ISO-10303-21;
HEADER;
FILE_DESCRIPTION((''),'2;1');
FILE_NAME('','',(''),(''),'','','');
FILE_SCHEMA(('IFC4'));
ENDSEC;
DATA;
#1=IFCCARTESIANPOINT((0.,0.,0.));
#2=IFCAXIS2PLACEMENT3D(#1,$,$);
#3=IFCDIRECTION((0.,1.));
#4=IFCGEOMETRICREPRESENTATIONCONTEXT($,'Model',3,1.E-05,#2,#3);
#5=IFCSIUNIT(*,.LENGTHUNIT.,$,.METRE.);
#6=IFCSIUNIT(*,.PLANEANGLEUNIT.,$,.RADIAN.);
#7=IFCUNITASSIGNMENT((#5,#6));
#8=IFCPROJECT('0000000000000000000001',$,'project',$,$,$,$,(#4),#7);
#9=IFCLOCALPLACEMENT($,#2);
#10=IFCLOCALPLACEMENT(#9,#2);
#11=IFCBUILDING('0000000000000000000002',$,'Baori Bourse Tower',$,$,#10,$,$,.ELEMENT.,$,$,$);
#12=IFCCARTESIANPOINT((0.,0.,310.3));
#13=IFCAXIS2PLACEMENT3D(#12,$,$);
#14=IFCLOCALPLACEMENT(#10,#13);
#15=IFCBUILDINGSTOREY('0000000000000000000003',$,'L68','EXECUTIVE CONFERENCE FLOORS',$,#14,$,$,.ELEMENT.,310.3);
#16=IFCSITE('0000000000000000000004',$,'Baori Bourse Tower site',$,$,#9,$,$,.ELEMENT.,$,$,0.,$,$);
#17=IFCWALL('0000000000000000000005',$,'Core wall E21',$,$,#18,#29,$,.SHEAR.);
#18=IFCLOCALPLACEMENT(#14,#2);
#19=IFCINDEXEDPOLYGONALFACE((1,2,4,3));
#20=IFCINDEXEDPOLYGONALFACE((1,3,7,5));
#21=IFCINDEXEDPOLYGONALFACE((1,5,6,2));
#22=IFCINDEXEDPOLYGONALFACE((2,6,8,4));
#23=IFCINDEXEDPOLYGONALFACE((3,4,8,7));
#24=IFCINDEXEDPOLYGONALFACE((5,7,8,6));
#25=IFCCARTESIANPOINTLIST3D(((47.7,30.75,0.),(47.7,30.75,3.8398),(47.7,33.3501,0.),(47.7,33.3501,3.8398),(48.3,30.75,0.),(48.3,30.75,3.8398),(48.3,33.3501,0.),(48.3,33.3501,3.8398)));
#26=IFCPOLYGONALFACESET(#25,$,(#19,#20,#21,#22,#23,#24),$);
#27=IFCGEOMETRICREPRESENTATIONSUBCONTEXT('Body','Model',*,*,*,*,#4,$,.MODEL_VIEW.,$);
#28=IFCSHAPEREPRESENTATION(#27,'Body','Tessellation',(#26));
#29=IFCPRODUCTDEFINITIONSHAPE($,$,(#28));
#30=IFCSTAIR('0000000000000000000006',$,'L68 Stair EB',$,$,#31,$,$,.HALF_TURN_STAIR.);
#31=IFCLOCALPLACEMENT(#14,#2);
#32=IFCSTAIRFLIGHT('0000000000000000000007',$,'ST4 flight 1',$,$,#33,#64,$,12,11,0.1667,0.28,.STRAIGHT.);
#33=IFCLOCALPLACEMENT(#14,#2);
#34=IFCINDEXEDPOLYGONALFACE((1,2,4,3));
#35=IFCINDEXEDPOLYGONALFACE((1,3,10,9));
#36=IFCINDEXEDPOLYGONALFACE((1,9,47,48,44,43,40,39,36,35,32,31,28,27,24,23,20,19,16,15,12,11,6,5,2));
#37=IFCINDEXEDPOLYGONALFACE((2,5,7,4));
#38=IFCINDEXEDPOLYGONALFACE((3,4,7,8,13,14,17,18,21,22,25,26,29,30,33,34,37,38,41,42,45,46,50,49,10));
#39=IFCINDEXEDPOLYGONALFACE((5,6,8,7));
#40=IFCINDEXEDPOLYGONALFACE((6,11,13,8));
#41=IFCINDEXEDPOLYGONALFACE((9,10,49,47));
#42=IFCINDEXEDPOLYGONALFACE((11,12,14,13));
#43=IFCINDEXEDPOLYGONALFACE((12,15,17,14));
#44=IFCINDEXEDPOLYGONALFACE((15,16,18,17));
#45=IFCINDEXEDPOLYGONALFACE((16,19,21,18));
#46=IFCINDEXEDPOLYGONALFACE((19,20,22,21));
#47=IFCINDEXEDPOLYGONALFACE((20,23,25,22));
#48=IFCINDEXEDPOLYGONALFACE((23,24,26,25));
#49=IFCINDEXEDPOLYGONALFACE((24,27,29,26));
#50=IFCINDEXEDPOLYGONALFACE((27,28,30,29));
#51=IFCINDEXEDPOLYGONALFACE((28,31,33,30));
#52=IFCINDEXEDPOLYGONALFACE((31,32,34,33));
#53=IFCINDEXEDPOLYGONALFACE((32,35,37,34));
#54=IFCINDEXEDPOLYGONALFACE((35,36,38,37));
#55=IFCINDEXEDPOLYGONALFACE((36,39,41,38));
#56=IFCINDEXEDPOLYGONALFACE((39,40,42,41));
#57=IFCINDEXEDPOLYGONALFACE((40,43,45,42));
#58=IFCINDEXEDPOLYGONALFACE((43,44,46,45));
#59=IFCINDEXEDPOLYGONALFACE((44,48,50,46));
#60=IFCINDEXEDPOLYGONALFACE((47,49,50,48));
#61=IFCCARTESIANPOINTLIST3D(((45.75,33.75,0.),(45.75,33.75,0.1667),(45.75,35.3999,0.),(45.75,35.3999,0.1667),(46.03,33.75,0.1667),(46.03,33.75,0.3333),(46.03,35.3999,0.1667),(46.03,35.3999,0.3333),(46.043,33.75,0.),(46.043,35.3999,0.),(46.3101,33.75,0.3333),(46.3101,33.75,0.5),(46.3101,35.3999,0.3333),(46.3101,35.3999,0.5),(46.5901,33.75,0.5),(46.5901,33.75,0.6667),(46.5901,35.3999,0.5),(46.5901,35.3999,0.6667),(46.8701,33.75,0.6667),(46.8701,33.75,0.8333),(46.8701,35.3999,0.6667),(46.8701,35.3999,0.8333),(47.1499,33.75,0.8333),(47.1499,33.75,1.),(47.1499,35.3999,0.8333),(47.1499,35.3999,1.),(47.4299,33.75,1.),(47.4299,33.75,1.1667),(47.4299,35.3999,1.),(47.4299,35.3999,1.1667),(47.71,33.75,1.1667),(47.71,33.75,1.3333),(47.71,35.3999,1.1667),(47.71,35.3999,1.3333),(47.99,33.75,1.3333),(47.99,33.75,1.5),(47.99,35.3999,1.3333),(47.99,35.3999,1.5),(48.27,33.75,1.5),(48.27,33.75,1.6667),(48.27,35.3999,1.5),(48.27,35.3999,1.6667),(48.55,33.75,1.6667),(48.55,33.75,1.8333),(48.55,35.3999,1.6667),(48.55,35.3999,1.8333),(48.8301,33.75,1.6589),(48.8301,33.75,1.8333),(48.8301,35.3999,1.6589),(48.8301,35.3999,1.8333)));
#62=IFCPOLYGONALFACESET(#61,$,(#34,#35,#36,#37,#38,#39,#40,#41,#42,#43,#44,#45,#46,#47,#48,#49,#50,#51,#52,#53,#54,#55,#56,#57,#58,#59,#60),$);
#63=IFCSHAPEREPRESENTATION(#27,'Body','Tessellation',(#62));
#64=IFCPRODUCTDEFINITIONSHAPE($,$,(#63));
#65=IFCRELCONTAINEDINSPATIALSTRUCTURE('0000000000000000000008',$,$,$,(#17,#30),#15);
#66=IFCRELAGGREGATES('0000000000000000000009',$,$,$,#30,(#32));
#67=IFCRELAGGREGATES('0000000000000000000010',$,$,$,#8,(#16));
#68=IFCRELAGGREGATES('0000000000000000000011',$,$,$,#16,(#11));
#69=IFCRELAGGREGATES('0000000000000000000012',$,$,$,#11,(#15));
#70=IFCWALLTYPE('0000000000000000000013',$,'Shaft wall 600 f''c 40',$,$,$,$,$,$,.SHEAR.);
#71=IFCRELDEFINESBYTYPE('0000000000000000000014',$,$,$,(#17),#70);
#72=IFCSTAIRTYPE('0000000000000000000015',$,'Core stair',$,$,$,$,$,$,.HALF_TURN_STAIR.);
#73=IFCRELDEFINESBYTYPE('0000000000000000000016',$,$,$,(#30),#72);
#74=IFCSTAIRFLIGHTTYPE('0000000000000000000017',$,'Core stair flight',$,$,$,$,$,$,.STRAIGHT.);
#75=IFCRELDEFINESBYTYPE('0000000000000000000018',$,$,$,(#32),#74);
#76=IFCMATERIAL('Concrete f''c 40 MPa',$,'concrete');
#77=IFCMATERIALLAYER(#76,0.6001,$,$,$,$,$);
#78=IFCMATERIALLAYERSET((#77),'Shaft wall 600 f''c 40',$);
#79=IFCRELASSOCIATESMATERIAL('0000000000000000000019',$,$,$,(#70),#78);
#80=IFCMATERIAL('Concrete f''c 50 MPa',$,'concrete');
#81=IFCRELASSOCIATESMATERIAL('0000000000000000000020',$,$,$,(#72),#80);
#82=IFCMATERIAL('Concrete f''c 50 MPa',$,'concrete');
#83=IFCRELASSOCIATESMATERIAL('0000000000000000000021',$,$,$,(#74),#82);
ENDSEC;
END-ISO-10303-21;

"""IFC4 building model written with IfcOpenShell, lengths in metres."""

from ifc_helpers import new_model, si_unit, direction, frame, frame_2d, origin, place, context, subcontext, project, spatial, polyline, rectangle, outline, extrude, material, layer, layer_set, type_object, element, aggregate, save


model = new_model("IFC4")

# Units and contexts
model_context = context("Model", 3, precision=1e-05, world=origin(), true_north=direction((0.0, 1.0)))
body_context = subcontext(model_context, "Body", "Model", "MODEL_VIEW")
ifc_project = project(units=[si_unit("LENGTHUNIT", "METRE"), si_unit("PLANEANGLEUNIT", "RADIAN")], contexts=[model_context])

# Site, building, storey
site_placement = place(None, origin())
site = spatial("IfcSite", under=ifc_project, at=site_placement, Name="Baori Bourse Tower site", CompositionType="ELEMENT", RefElevation=0.0)
building_placement = place(site_placement, origin())
building = spatial("IfcBuilding", under=site, at=building_placement, Name="Baori Bourse Tower", CompositionType="ELEMENT")
storey_placement = place(building_placement, frame((0.0, 0.0, 310.3)))
storey = spatial("IfcBuildingStorey", under=building, at=storey_placement, Name="L68", Description="EXECUTIVE CONFERENCE FLOORS", CompositionType="ELEMENT", Elevation=310.3)

# Wall
ifc_material_1 = material(Name="Concrete f'c 40 MPa", Category="concrete")
ifc_layer_1 = layer(ifc_material_1, 0.6001)
ifc_layer_set_1 = layer_set([ifc_layer_1], Name="Shaft wall 600 f'c 40")
wall_type_1 = type_object("IfcWallType", Name="Shaft wall 600 f'c 40", PredefinedType="SHEAR", material=ifc_layer_set_1)
for number, where, z_axis, x_axis, name in (
    (1, (48.0, 30.75, 0.0), (0.0, 0.0, 1.0), (0.0, 1.0, 0.0), "Core wall E21"),
):
    element("IfcWall", number, at=place(storey_placement, frame(where, z_axis=z_axis, x_axis=x_axis)), inside=storey, type_object=wall_type_1, Name=name, PredefinedType="SHEAR", context=body_context, shape_type="SweptSolid", body=[
        extrude(rectangle(XDim=2.6001, YDim=0.6001, at=frame_2d((1.3, 0.0))), origin(), (0.0, 0.0, 1.0), 3.8398),
    ])

# Stair, stair flight
ifc_material_2 = material(Name="Concrete f'c 50 MPa", Category="concrete")
stair_type = type_object("IfcStairType", Name="Core stair", PredefinedType="HALF_TURN_STAIR", material=ifc_material_2)
stair_placement = place(storey_placement, origin())
stair = element("IfcStair", 2, at=stair_placement, inside=storey, type_object=stair_type, Name="L68 Stair EB", PredefinedType="HALF_TURN_STAIR")
ifc_material_3 = material(Name="Concrete f'c 50 MPa", Category="concrete")
stair_flight_type = type_object("IfcStairFlightType", Name="Core stair flight", PredefinedType="STRAIGHT", material=ifc_material_3)
stair_flight_placement = place(storey_placement, frame((45.75, 34.575, 0.0), z_axis=(0.0, 0.0, 1.0), x_axis=(1.0, 0.0, 0.0)))
stair_flight = element("IfcStairFlight", 3, at=stair_flight_placement, type_object=stair_flight_type, Name="ST4 flight 1", NumberOfRisers=12, NumberOfTreads=11, PredefinedType="STRAIGHT", RiserHeight=0.1667, TreadLength=0.28, context=body_context, shape_type="SweptSolid", body=[
    extrude(outline(polyline([(0.0, 0.0), (0.0, 0.1667), (0.28, 0.1667), (0.28, 0.3333), (0.5601, 0.3333), (0.5601, 0.5), (0.8401, 0.5), (0.8401, 0.6667), (1.1201, 0.6667), (1.1201, 0.8333), (1.3999, 0.8333), (1.3999, 1.0), (1.6799, 1.0), (1.6799, 1.1667), (1.96, 1.1667), (1.96, 1.3333), (2.24, 1.3333), (2.24, 1.5), (2.52, 1.5), (2.52, 1.6667), (2.8, 1.6667), (2.8, 1.8333), (3.0801, 1.8333), (3.0801, 2.0), (3.0801, 1.6589), (0.293, 0.0), (0.0, 0.0)])), frame((0.0, 0.825, 0.0), z_axis=(0.0, -1.0, 0.0), x_axis=(1.0, 0.0, 0.0)), (0.0, 0.0, 1.0), 1.6499),
])
aggregate(stair, [stair_flight])

save(model, "model.ifc")
